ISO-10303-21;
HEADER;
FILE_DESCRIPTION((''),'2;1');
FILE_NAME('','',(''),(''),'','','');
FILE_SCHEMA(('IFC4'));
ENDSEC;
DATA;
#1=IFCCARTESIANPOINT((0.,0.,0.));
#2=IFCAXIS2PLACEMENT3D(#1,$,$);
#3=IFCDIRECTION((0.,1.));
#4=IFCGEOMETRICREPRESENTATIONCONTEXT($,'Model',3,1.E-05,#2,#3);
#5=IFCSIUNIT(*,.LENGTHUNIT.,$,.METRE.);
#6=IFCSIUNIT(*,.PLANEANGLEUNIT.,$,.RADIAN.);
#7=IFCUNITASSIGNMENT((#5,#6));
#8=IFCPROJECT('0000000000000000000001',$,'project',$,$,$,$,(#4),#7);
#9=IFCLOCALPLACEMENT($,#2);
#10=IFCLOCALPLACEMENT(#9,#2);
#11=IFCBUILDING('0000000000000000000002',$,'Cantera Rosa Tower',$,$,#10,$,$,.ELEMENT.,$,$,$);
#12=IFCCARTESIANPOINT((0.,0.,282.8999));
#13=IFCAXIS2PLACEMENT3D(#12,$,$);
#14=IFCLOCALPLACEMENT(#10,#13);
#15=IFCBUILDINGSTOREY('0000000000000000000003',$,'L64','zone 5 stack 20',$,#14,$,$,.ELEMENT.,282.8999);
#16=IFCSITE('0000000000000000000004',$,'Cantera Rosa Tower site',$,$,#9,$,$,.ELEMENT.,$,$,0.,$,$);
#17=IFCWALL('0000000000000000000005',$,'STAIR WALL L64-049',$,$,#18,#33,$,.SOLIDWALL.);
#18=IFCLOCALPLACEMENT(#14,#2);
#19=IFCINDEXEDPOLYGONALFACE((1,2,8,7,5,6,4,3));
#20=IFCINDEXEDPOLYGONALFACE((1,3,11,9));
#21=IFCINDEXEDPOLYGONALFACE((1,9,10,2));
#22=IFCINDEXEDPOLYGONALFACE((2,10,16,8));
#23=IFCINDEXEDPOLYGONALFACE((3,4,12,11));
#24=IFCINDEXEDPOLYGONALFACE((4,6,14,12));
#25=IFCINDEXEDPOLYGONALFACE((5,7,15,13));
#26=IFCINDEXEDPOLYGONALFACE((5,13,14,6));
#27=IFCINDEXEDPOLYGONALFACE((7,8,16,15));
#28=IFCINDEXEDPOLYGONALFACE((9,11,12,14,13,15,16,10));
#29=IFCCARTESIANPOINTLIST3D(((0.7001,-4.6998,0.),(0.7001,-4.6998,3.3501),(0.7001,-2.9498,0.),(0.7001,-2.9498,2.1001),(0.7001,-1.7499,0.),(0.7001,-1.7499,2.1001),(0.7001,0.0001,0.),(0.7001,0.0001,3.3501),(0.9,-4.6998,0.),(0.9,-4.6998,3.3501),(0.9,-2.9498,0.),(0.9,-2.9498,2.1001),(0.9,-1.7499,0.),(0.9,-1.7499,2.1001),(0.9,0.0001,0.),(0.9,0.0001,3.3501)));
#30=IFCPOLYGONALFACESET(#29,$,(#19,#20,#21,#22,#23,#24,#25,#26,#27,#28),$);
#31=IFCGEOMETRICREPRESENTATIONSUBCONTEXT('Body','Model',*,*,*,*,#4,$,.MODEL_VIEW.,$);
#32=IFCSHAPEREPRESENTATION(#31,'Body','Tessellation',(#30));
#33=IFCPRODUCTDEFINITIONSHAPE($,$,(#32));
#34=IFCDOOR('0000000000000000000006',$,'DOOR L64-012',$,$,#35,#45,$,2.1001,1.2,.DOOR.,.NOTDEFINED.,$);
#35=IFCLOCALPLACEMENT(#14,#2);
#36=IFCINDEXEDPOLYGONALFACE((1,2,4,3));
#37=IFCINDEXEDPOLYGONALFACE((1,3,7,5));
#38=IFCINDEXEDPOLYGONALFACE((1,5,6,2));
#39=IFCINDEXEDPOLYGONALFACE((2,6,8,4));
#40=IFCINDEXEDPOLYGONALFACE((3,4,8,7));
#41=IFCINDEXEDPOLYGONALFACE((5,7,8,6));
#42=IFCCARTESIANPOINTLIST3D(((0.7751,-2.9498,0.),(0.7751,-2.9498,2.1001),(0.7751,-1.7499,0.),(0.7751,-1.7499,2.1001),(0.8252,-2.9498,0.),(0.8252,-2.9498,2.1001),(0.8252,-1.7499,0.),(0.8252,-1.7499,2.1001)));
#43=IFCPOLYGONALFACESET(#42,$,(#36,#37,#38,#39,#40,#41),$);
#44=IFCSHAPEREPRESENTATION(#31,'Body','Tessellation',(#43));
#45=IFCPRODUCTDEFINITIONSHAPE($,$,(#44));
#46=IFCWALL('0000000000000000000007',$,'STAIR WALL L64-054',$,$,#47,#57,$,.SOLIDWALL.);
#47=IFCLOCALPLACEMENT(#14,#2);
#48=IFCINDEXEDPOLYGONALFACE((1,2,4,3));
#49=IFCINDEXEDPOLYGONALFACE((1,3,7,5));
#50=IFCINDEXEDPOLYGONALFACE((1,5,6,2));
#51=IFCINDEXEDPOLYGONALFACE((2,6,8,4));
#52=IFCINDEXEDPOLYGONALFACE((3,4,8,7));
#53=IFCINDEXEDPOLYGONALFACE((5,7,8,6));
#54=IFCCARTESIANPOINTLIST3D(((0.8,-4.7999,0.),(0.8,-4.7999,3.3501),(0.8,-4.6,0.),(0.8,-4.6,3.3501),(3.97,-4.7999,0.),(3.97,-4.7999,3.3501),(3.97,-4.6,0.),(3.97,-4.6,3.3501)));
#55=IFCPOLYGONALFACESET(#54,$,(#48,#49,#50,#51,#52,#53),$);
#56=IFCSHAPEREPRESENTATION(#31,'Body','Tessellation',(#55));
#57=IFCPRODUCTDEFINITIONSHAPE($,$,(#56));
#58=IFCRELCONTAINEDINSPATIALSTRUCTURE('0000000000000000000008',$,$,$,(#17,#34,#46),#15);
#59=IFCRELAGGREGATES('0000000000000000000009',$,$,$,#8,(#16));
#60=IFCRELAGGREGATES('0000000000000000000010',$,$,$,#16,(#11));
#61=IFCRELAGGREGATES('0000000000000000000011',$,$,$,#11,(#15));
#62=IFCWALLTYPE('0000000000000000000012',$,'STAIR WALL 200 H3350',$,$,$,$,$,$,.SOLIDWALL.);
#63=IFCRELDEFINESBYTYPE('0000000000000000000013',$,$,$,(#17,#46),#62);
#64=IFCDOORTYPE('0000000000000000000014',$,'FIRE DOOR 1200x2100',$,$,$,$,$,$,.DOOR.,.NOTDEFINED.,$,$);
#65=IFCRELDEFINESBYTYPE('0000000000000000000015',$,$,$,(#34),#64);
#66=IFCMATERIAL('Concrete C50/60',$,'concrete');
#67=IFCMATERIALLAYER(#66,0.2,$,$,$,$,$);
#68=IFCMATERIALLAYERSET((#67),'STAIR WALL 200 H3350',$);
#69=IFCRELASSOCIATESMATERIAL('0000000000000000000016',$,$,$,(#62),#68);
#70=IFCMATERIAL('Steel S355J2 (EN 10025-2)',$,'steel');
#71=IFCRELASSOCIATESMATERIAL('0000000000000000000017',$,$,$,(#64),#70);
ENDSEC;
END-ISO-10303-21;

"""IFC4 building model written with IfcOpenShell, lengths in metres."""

from ifc_helpers import new_model, si_unit, direction, frame, frame_2d, origin, place, context, subcontext, project, spatial, rectangle, extrude, material, layer, layer_set, type_object, element, fill, save


model = new_model("IFC4")

# Units and contexts
model_context = context("Model", 3, precision=1e-05, world=origin(), true_north=direction((0.0, 1.0)))
body_context = subcontext(model_context, "Body", "Model", "MODEL_VIEW")
ifc_project = project(units=[si_unit("LENGTHUNIT", "METRE"), si_unit("PLANEANGLEUNIT", "RADIAN")], contexts=[model_context])

# Site, building, storey
site_placement = place(None, origin())
site = spatial("IfcSite", under=ifc_project, at=site_placement, Name="Cantera Rosa Tower site", CompositionType="ELEMENT", RefElevation=0.0)
building_placement = place(site_placement, origin())
building = spatial("IfcBuilding", under=site, at=building_placement, Name="Cantera Rosa Tower", CompositionType="ELEMENT")
storey_placement = place(building_placement, frame((0.0, 0.0, 282.8999)))
storey = spatial("IfcBuildingStorey", under=building, at=storey_placement, Name="L64", Description="zone 5 stack 20", CompositionType="ELEMENT", Elevation=282.8999)

# Wall, opening, door
ifc_material_1 = material(Name="Concrete C50/60", Category="concrete")
ifc_layer_1 = layer(ifc_material_1, 0.2)
ifc_layer_set_1 = layer_set([ifc_layer_1], Name="STAIR WALL 200 H3350")
wall_type_1 = type_object("IfcWallType", Name="STAIR WALL 200 H3350", PredefinedType="SOLIDWALL", material=ifc_layer_set_1)
wall_1_placement = place(storey_placement, frame((0.8, -4.7, 0.0), z_axis=(0.0, 0.0, 1.0), x_axis=(0.0, 1.0, 0.0)))
wall_1 = element("IfcWall", 1, at=wall_1_placement, inside=storey, type_object=wall_type_1, Name="STAIR WALL L64-049", PredefinedType="SOLIDWALL", context=body_context, shape_type="SweptSolid", body=[
    extrude(rectangle(XDim=4.7, YDim=0.2, at=frame_2d((2.3501, 0.0))), origin(), (0.0, 0.0, 1.0), 3.3501),
])
opening_1_placement = place(wall_1_placement, frame((1.75, 0.0, 0.0)))
opening_1 = element("IfcOpeningElement", 2, at=opening_1_placement, cuts=wall_1, PredefinedType="OPENING", context=body_context, shape_type="SweptSolid", body=[
    extrude(rectangle(XDim=1.2, YDim=2.1001, at=frame_2d((0.6001, 1.05))), frame((0.0, 0.1099, 0.0), z_axis=(0.0, -1.0, 0.0), x_axis=(1.0, 0.0, 0.0)), (0.0, 0.0, 1.0), 0.22),
])
ifc_material_2 = material(Name="Steel S355J2 (EN 10025-2)", Category="steel")
door_type_1 = type_object("IfcDoorType", Name="FIRE DOOR 1200x2100", OperationType="NOTDEFINED", PredefinedType="DOOR", material=ifc_material_2)
door_1_placement = place(opening_1_placement, origin())
door_1 = element("IfcDoor", 3, at=door_1_placement, inside=storey, type_object=door_type_1, Name="DOOR L64-012", OperationType="NOTDEFINED", OverallHeight=2.1001, OverallWidth=1.2, PredefinedType="DOOR", context=body_context, shape_type="SweptSolid", body=[
    extrude(rectangle(XDim=1.2, YDim=2.1001, at=frame_2d((0.6001, 1.05))), frame((0.0, 0.0249, 0.0), z_axis=(0.0, -1.0, 0.0), x_axis=(1.0, 0.0, 0.0)), (0.0, 0.0, 1.0), 0.05),
])
fill(opening_1, door_1)

# Wall
wall_2_placement = place(storey_placement, frame((3.97, -4.7, 0.0), z_axis=(0.0, 0.0, 1.0), x_axis=(-1.0, 0.0, 0.0)))
element("IfcWall", 4, at=wall_2_placement, inside=storey, type_object=wall_type_1, Name="STAIR WALL L64-054", PredefinedType="SOLIDWALL", context=body_context, shape_type="SweptSolid", body=[
    extrude(rectangle(XDim=3.1699, YDim=0.2, at=frame_2d((1.585, 0.0))), origin(), (0.0, 0.0, 1.0), 3.3501),
])

save(model, "model.ifc")
